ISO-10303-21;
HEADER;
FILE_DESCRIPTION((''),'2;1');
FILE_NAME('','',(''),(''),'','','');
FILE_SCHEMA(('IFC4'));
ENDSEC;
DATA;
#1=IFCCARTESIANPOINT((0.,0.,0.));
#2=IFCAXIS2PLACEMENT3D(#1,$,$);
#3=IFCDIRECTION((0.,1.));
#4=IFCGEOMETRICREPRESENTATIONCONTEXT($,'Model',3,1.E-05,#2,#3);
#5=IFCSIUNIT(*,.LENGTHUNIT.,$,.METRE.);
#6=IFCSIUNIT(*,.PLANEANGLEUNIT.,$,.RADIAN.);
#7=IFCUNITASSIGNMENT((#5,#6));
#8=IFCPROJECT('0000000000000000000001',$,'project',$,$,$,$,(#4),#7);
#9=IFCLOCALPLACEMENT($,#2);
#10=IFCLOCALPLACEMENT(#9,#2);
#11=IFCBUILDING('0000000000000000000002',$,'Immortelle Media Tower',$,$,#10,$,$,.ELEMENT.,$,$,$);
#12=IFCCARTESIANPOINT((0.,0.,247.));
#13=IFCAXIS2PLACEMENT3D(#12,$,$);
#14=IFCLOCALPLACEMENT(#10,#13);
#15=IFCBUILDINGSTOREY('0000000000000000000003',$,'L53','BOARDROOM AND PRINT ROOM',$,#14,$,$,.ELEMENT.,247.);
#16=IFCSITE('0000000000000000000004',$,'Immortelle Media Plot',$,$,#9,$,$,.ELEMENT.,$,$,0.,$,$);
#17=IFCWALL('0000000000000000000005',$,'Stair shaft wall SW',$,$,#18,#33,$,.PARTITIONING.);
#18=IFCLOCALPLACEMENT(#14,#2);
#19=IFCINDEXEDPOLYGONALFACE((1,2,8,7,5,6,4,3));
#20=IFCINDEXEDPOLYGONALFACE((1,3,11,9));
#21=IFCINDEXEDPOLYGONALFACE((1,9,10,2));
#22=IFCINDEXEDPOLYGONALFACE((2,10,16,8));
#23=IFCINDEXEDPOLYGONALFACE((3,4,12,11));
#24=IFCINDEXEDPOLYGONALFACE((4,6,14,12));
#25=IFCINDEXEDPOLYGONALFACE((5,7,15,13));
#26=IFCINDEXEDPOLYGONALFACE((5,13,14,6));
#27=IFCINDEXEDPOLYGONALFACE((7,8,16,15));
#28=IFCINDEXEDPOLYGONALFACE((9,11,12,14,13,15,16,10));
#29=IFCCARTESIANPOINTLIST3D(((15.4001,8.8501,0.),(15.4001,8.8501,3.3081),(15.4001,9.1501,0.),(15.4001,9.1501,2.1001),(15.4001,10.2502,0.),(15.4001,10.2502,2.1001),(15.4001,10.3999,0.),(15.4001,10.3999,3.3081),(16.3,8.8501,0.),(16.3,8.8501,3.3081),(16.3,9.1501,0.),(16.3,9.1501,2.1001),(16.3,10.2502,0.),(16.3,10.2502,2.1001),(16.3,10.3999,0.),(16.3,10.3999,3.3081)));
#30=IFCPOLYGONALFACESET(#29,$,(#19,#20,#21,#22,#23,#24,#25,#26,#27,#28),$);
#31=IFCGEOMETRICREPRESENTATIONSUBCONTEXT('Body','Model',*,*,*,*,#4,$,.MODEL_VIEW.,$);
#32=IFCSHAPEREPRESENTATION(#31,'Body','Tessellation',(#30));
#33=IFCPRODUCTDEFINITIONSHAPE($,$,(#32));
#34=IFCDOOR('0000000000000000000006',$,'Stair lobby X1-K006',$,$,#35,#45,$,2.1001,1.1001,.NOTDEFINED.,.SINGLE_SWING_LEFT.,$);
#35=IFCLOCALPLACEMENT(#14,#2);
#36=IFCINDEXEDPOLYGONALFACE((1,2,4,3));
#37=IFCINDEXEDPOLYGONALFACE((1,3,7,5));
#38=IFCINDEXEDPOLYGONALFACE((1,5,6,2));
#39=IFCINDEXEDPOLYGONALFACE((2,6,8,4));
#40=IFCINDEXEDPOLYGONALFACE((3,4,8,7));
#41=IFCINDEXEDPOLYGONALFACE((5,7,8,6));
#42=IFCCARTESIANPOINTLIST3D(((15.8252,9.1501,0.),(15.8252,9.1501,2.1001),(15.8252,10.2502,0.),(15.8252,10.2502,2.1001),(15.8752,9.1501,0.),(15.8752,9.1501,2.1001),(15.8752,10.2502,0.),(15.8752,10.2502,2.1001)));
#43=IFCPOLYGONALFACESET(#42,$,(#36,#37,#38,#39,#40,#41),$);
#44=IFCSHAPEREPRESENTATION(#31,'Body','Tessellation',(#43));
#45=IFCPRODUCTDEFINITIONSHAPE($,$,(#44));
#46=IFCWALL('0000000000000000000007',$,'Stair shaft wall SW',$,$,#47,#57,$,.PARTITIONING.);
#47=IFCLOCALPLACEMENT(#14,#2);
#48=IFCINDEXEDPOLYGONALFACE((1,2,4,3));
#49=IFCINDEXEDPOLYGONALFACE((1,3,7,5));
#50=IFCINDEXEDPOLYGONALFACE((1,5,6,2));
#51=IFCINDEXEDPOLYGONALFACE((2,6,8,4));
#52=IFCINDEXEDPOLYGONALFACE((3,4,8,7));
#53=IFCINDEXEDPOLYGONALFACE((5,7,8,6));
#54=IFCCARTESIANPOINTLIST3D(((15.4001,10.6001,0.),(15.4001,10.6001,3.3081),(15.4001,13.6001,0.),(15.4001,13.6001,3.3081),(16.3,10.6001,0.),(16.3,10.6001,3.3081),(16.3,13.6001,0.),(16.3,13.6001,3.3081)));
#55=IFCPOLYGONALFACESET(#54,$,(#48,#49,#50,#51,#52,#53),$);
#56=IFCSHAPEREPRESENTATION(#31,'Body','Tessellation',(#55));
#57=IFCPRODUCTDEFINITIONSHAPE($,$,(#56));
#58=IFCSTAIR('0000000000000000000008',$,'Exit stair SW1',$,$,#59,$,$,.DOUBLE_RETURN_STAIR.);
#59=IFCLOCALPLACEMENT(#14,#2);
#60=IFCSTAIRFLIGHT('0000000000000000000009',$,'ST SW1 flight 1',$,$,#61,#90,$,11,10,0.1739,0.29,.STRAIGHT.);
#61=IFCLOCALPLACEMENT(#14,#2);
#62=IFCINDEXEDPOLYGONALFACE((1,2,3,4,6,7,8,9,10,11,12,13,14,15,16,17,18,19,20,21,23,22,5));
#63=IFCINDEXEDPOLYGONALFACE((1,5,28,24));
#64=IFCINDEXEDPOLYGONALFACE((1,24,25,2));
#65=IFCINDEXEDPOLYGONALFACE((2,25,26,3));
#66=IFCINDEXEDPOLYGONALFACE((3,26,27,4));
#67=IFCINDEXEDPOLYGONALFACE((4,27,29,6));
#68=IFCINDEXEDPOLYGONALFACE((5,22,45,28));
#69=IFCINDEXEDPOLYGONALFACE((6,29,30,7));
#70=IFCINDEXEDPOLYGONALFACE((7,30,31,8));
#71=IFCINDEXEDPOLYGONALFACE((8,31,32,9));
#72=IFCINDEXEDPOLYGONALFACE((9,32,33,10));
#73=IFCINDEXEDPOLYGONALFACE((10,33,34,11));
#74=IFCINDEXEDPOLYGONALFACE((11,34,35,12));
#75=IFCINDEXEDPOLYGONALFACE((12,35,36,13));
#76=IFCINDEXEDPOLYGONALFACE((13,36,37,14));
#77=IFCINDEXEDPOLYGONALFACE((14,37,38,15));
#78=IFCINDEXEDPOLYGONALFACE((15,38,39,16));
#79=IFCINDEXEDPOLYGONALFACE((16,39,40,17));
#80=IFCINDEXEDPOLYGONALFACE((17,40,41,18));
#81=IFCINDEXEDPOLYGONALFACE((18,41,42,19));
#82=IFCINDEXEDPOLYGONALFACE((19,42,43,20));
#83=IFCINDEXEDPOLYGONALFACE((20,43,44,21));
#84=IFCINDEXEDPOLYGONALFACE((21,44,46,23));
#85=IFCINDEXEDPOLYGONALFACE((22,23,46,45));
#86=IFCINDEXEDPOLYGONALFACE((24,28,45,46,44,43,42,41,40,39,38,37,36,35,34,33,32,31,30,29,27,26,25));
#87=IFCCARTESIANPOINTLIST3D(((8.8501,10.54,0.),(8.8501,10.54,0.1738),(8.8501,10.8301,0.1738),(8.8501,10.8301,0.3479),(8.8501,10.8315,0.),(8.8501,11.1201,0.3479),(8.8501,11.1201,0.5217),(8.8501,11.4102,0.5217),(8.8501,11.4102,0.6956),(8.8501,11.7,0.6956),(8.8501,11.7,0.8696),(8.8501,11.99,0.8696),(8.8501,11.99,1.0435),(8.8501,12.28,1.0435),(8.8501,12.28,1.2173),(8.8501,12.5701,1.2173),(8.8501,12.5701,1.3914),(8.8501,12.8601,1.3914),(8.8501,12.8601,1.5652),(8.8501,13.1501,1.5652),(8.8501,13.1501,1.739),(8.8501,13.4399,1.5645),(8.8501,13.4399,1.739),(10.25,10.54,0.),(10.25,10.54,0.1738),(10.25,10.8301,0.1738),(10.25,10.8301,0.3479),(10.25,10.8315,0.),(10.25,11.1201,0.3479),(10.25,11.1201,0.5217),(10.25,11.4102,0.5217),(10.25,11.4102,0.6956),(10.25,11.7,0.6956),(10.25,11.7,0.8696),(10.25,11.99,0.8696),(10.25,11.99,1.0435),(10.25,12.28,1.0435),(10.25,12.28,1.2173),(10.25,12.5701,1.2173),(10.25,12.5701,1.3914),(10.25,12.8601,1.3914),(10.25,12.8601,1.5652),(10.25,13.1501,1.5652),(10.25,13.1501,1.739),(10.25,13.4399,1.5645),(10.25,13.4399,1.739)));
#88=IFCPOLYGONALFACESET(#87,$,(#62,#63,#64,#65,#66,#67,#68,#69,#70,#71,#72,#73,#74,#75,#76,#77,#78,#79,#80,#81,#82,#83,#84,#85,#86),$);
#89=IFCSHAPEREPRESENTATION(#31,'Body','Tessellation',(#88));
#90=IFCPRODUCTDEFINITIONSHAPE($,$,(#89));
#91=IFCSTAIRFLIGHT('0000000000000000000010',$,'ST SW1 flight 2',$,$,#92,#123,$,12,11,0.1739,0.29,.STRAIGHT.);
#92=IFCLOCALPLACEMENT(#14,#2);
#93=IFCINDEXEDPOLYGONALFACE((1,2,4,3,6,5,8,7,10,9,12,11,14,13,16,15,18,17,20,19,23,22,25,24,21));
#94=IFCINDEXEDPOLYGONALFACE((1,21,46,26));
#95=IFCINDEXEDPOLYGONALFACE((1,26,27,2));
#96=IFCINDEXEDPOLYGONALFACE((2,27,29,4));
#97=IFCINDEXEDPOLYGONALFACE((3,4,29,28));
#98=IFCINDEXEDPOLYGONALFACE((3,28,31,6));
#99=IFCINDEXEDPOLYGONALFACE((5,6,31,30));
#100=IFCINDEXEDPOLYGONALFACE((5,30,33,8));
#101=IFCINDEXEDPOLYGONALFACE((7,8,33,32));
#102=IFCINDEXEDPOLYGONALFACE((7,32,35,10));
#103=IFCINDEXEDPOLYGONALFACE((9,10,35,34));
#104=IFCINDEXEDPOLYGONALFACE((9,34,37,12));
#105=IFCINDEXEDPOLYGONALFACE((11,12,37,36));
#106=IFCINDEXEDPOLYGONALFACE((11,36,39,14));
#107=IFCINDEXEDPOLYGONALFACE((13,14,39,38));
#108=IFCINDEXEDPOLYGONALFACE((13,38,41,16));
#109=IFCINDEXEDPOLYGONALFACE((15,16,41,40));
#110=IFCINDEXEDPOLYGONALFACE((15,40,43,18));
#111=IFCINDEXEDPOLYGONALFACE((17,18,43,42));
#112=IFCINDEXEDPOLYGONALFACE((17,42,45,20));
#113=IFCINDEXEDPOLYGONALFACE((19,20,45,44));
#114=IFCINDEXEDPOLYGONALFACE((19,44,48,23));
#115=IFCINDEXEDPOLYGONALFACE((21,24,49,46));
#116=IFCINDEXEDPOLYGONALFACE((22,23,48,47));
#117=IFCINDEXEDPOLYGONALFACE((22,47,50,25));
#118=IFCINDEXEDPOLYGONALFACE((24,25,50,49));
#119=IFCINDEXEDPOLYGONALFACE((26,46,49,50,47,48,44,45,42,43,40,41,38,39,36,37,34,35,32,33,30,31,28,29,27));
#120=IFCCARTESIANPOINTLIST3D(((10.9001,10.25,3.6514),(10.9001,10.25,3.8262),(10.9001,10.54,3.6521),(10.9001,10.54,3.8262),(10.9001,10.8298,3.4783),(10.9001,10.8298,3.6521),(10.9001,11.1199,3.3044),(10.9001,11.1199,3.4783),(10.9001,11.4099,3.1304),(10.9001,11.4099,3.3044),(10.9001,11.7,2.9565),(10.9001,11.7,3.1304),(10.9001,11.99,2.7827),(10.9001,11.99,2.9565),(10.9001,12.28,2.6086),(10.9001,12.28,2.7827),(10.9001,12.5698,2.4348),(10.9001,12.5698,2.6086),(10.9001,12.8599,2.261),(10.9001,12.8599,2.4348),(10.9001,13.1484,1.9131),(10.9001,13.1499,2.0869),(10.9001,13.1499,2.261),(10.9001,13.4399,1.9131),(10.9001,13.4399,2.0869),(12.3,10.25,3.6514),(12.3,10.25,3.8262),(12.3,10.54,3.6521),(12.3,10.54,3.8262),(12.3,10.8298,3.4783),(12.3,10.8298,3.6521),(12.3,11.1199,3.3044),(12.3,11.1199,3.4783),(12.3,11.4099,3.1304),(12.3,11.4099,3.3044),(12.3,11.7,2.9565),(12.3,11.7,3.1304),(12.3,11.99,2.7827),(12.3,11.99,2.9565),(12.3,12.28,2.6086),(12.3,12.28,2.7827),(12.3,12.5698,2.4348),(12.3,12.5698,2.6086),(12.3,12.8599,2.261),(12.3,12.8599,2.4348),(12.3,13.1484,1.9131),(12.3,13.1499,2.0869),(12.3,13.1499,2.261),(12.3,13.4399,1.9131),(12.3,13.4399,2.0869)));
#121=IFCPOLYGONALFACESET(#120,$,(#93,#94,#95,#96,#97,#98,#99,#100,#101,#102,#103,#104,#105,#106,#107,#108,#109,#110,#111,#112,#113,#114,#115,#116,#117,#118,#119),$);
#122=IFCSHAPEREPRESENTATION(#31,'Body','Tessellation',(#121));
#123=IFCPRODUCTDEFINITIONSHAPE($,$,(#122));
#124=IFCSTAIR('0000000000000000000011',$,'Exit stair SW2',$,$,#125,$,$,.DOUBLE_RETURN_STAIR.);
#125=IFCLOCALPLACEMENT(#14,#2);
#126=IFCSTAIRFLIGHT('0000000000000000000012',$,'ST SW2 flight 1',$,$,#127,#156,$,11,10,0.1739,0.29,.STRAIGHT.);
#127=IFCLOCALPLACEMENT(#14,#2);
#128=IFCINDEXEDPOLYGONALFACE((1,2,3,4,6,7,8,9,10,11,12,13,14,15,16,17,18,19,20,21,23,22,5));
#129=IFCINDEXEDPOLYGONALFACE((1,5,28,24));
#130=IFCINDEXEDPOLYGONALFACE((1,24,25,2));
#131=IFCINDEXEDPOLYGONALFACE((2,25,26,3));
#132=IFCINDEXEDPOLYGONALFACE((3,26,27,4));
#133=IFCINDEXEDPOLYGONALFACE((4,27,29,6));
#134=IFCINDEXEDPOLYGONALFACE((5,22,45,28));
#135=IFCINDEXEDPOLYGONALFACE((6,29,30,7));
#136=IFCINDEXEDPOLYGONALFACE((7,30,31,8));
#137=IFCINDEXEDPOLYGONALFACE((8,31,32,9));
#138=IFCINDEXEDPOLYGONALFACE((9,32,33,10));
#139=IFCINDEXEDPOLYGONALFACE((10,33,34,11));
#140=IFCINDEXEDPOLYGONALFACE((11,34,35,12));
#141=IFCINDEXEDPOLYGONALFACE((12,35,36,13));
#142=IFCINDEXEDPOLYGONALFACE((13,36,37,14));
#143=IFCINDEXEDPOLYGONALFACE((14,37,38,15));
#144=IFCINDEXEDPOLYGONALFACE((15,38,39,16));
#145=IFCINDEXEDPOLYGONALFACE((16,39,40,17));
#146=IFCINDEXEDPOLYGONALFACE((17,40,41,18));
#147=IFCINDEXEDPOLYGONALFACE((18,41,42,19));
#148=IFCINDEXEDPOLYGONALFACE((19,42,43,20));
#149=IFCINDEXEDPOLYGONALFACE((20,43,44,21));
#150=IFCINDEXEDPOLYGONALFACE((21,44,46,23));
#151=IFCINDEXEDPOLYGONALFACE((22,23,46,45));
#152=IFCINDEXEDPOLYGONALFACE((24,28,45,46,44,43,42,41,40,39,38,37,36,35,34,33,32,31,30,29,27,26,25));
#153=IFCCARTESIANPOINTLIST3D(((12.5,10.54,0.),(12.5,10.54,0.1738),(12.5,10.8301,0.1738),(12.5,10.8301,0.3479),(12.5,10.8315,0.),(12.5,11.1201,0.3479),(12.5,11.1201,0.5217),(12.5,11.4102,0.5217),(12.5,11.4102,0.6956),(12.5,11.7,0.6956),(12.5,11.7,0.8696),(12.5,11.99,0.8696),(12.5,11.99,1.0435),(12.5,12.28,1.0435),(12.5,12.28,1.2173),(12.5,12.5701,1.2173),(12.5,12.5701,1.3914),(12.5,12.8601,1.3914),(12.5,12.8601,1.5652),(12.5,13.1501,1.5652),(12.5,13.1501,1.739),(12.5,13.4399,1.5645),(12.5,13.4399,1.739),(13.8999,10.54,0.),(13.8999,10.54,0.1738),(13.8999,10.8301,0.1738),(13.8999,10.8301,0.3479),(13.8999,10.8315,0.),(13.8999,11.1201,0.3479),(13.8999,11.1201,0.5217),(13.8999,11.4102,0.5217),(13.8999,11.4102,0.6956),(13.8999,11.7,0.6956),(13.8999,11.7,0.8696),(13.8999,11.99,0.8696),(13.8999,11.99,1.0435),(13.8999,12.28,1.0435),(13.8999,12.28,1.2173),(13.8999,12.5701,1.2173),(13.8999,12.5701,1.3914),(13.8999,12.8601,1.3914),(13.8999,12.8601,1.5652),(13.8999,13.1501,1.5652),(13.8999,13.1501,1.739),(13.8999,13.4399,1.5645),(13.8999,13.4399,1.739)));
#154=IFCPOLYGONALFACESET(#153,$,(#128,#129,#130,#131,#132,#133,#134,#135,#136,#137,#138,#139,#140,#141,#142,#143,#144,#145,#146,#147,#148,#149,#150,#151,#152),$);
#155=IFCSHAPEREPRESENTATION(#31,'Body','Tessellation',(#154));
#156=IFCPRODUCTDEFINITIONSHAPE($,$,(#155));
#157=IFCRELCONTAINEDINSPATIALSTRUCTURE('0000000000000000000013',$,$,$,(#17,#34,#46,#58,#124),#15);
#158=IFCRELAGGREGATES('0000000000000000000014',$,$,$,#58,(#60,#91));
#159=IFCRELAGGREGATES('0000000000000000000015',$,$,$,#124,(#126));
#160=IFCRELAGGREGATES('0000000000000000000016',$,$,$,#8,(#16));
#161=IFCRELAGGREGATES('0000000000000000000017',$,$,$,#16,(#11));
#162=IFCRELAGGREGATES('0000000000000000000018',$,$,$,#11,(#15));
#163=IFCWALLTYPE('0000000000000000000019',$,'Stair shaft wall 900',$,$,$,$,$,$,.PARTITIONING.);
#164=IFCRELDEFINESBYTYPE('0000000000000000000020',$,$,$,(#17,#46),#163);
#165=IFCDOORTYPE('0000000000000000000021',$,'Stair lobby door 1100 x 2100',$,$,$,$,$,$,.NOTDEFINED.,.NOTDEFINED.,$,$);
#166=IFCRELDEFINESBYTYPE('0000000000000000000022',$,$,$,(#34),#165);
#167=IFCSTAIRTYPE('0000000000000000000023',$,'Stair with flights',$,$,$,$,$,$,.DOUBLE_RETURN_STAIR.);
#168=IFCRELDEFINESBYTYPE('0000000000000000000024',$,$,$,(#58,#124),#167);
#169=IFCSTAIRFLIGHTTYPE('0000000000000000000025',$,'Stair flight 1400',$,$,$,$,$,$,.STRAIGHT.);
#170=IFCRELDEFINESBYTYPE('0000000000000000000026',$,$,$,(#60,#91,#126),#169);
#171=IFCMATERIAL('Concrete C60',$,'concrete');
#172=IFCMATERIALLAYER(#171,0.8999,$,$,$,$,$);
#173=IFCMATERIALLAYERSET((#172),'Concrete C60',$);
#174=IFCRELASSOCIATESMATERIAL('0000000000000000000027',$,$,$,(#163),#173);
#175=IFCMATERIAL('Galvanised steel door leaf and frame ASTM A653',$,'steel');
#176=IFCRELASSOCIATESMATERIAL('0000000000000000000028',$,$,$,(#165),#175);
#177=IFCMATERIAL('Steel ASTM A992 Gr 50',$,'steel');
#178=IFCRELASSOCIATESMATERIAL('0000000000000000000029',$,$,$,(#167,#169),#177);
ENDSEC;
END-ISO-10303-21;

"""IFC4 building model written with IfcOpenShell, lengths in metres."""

from ifc_helpers import new_model, si_unit, direction, frame, frame_2d, origin, place, context, subcontext, project, spatial, polyline, rectangle, outline, extrude, material, layer, layer_set, type_object, element, fill, aggregate, save


model = new_model("IFC4")

# Units and contexts
model_context = context("Model", 3, precision=1e-05, world=origin(), true_north=direction((0.0, 1.0)))
body_context = subcontext(model_context, "Body", "Model", "MODEL_VIEW")
ifc_project = project(units=[si_unit("LENGTHUNIT", "METRE"), si_unit("PLANEANGLEUNIT", "RADIAN")], contexts=[model_context])

# Site, building, storey
site_placement = place(None, origin())
site = spatial("IfcSite", under=ifc_project, at=site_placement, Name="Immortelle Media Plot", CompositionType="ELEMENT", RefElevation=0.0)
building_placement = place(site_placement, origin())
building = spatial("IfcBuilding", under=site, at=building_placement, Name="Immortelle Media Tower", CompositionType="ELEMENT")
storey_placement = place(building_placement, frame((0.0, 0.0, 247.0)))
storey = spatial("IfcBuildingStorey", under=building, at=storey_placement, Name="L53", Description="BOARDROOM AND PRINT ROOM", CompositionType="ELEMENT", Elevation=247.0)

# Shared definitions
ifc_material_1 = material(Name="Steel ASTM A992 Gr 50", Category="steel")

# Shared definitions
ifc_material_2 = material(Name="Concrete C60", Category="concrete")
ifc_material_3 = material(Name="Galvanised steel door leaf and frame ASTM A653", Category="steel")

# Wall, opening, door
ifc_layer_1 = layer(ifc_material_2, 0.8999)
ifc_layer_set_1 = layer_set([ifc_layer_1], Name="Concrete C60")
wall_type_1 = type_object("IfcWallType", Name="Stair shaft wall 900", PredefinedType="PARTITIONING", material=ifc_layer_set_1)
wall_1_placement = place(storey_placement, frame((15.8501, 8.8501, 0.0), z_axis=(0.0, 0.0, 1.0), x_axis=(0.0, 1.0, 0.0)))
wall_1 = element("IfcWall", 1, at=wall_1_placement, inside=storey, type_object=wall_type_1, Name="Stair shaft wall SW", PredefinedType="PARTITIONING", context=body_context, shape_type="SweptSolid", body=[
    extrude(rectangle(XDim=1.5498, YDim=0.8999, at=frame_2d((0.7749, 0.0))), origin(), (0.0, 0.0, 1.0), 3.3081),
])
opening_1_placement = place(wall_1_placement, frame((0.3, 0.0, 0.0)))
opening_1 = element("IfcOpeningElement", 2, at=opening_1_placement, cuts=wall_1, PredefinedType="OPENING", context=body_context, shape_type="SweptSolid", body=[
    extrude(rectangle(XDim=1.1001, YDim=2.1001, at=frame_2d((0.55, 1.05))), frame((0.0, 0.46, 0.0), z_axis=(0.0, -1.0, 0.0), x_axis=(1.0, 0.0, 0.0)), (0.0, 0.0, 1.0), 0.9199),
])
door_type_1 = type_object("IfcDoorType", Name="Stair lobby door 1100 x 2100", OperationType="NOTDEFINED", PredefinedType="NOTDEFINED", material=ifc_material_3)
door_1_placement = place(opening_1_placement, origin())
door_1 = element("IfcDoor", 3, at=door_1_placement, inside=storey, type_object=door_type_1, Name="Stair lobby X1-K006", OperationType="SINGLE_SWING_LEFT", OverallHeight=2.1001, OverallWidth=1.1001, PredefinedType="NOTDEFINED", context=body_context, shape_type="SweptSolid", body=[
    extrude(rectangle(XDim=1.1001, YDim=2.1001, at=frame_2d((0.55, 1.05))), frame((0.0, 0.0249, 0.0), z_axis=(0.0, -1.0, 0.0), x_axis=(1.0, 0.0, 0.0)), (0.0, 0.0, 1.0), 0.05),
])
fill(opening_1, door_1)

# Wall
wall_2_placement = place(storey_placement, frame((15.8501, 10.6001, 0.0), z_axis=(0.0, 0.0, 1.0), x_axis=(0.0, 1.0, 0.0)))
element("IfcWall", 4, at=wall_2_placement, inside=storey, type_object=wall_type_1, Name="Stair shaft wall SW", PredefinedType="PARTITIONING", context=body_context, shape_type="SweptSolid", body=[
    extrude(rectangle(XDim=3.0, YDim=0.8999, at=frame_2d((1.5, 0.0))), origin(), (0.0, 0.0, 1.0), 3.3081),
])

# Stairs, stair flights
stair_type = type_object("IfcStairType", Name="Stair with flights", PredefinedType="DOUBLE_RETURN_STAIR", material=ifc_material_1)
stair_1_placement = place(storey_placement, origin())
stair_1 = element("IfcStair", 5, at=stair_1_placement, inside=storey, type_object=stair_type, Name="Exit stair SW1", PredefinedType="DOUBLE_RETURN_STAIR")
stair_flight_type = type_object("IfcStairFlightType", Name="Stair flight 1400", PredefinedType="STRAIGHT", material=ifc_material_1)
stair_flight_1_placement = place(storey_placement, frame((9.55, 10.54, 0.0), z_axis=(0.0, 0.0, 1.0), x_axis=(0.0, 1.0, 0.0)))
stair_flight_1 = element("IfcStairFlight", 6, at=stair_flight_1_placement, type_object=stair_flight_type, Name="ST SW1 flight 1", NumberOfRisers=11, NumberOfTreads=10, PredefinedType="STRAIGHT", RiserHeight=0.1739, TreadLength=0.29, context=body_context, shape_type="SweptSolid", body=[
    extrude(outline(polyline([(0.0, 0.0), (0.0, 0.1738), (0.29, 0.1738), (0.29, 0.3479), (0.5801, 0.3479), (0.5801, 0.5217), (0.8701, 0.5217), (0.8701, 0.6956), (1.1599, 0.6956), (1.1599, 0.8696), (1.45, 0.8696), (1.45, 1.0435), (1.74, 1.0435), (1.74, 1.2173), (2.03, 1.2173), (2.03, 1.3914), (2.3201, 1.3914), (2.3201, 1.5652), (2.6101, 1.5652), (2.6101, 1.739), (2.8999, 1.739), (2.8999, 1.9131), (2.8999, 1.5645), (0.2915, 0.0), (0.0, 0.0)])), frame((0.0, 0.7, 0.0), z_axis=(0.0, -1.0, 0.0), x_axis=(1.0, 0.0, 0.0)), (0.0, 0.0, 1.0), 1.3999),
])
stair_flight_2_placement = place(storey_placement, frame((11.6001, 13.4399, 1.9131), z_axis=(0.0, 0.0, 1.0), x_axis=(0.0, -1.0, 0.0)))
stair_flight_2 = element("IfcStairFlight", 7, at=stair_flight_2_placement, type_object=stair_flight_type, Name="ST SW1 flight 2", NumberOfRisers=12, NumberOfTreads=11, PredefinedType="STRAIGHT", RiserHeight=0.1739, TreadLength=0.29, context=body_context, shape_type="SweptSolid", body=[
    extrude(outline(polyline([(0.0, 0.0), (0.0, 0.1738), (0.29, 0.1738), (0.29, 0.3479), (0.5801, 0.3479), (0.5801, 0.5217), (0.8701, 0.5217), (0.8701, 0.6956), (1.1599, 0.6956), (1.1599, 0.8696), (1.45, 0.8696), (1.45, 1.0435), (1.74, 1.0435), (1.74, 1.2173), (2.03, 1.2173), (2.03, 1.3914), (2.3201, 1.3914), (2.3201, 1.5652), (2.6101, 1.5652), (2.6101, 1.739), (2.8999, 1.739), (2.8999, 1.9131), (3.1899, 1.9131), (3.1899, 2.0869), (3.1899, 1.7383), (0.2915, 0.0), (0.0, 0.0)])), frame((0.0, 0.7, 0.0), z_axis=(0.0, -1.0, 0.0), x_axis=(1.0, 0.0, 0.0)), (0.0, 0.0, 1.0), 1.3999),
])
aggregate(stair_1, [stair_flight_1, stair_flight_2])
stair_2_placement = place(storey_placement, origin())
stair_2 = element("IfcStair", 8, at=stair_2_placement, inside=storey, type_object=stair_type, Name="Exit stair SW2", PredefinedType="DOUBLE_RETURN_STAIR")
stair_flight_3_placement = place(storey_placement, frame((13.2, 10.54, 0.0), z_axis=(0.0, 0.0, 1.0), x_axis=(0.0, 1.0, 0.0)))
stair_flight_3 = element("IfcStairFlight", 9, at=stair_flight_3_placement, type_object=stair_flight_type, Name="ST SW2 flight 1", NumberOfRisers=11, NumberOfTreads=10, PredefinedType="STRAIGHT", RiserHeight=0.1739, TreadLength=0.29, context=body_context, shape_type="SweptSolid", body=[
    extrude(outline(polyline([(0.0, 0.0), (0.0, 0.1738), (0.29, 0.1738), (0.29, 0.3479), (0.5801, 0.3479), (0.5801, 0.5217), (0.8701, 0.5217), (0.8701, 0.6956), (1.1599, 0.6956), (1.1599, 0.8696), (1.45, 0.8696), (1.45, 1.0435), (1.74, 1.0435), (1.74, 1.2173), (2.03, 1.2173), (2.03, 1.3914), (2.3201, 1.3914), (2.3201, 1.5652), (2.6101, 1.5652), (2.6101, 1.739), (2.8999, 1.739), (2.8999, 1.9131), (2.8999, 1.5645), (0.2915, 0.0), (0.0, 0.0)])), frame((0.0, 0.7, 0.0), z_axis=(0.0, -1.0, 0.0), x_axis=(1.0, 0.0, 0.0)), (0.0, 0.0, 1.0), 1.3999),
])
aggregate(stair_2, [stair_flight_3])

save(model, "model.ifc")
